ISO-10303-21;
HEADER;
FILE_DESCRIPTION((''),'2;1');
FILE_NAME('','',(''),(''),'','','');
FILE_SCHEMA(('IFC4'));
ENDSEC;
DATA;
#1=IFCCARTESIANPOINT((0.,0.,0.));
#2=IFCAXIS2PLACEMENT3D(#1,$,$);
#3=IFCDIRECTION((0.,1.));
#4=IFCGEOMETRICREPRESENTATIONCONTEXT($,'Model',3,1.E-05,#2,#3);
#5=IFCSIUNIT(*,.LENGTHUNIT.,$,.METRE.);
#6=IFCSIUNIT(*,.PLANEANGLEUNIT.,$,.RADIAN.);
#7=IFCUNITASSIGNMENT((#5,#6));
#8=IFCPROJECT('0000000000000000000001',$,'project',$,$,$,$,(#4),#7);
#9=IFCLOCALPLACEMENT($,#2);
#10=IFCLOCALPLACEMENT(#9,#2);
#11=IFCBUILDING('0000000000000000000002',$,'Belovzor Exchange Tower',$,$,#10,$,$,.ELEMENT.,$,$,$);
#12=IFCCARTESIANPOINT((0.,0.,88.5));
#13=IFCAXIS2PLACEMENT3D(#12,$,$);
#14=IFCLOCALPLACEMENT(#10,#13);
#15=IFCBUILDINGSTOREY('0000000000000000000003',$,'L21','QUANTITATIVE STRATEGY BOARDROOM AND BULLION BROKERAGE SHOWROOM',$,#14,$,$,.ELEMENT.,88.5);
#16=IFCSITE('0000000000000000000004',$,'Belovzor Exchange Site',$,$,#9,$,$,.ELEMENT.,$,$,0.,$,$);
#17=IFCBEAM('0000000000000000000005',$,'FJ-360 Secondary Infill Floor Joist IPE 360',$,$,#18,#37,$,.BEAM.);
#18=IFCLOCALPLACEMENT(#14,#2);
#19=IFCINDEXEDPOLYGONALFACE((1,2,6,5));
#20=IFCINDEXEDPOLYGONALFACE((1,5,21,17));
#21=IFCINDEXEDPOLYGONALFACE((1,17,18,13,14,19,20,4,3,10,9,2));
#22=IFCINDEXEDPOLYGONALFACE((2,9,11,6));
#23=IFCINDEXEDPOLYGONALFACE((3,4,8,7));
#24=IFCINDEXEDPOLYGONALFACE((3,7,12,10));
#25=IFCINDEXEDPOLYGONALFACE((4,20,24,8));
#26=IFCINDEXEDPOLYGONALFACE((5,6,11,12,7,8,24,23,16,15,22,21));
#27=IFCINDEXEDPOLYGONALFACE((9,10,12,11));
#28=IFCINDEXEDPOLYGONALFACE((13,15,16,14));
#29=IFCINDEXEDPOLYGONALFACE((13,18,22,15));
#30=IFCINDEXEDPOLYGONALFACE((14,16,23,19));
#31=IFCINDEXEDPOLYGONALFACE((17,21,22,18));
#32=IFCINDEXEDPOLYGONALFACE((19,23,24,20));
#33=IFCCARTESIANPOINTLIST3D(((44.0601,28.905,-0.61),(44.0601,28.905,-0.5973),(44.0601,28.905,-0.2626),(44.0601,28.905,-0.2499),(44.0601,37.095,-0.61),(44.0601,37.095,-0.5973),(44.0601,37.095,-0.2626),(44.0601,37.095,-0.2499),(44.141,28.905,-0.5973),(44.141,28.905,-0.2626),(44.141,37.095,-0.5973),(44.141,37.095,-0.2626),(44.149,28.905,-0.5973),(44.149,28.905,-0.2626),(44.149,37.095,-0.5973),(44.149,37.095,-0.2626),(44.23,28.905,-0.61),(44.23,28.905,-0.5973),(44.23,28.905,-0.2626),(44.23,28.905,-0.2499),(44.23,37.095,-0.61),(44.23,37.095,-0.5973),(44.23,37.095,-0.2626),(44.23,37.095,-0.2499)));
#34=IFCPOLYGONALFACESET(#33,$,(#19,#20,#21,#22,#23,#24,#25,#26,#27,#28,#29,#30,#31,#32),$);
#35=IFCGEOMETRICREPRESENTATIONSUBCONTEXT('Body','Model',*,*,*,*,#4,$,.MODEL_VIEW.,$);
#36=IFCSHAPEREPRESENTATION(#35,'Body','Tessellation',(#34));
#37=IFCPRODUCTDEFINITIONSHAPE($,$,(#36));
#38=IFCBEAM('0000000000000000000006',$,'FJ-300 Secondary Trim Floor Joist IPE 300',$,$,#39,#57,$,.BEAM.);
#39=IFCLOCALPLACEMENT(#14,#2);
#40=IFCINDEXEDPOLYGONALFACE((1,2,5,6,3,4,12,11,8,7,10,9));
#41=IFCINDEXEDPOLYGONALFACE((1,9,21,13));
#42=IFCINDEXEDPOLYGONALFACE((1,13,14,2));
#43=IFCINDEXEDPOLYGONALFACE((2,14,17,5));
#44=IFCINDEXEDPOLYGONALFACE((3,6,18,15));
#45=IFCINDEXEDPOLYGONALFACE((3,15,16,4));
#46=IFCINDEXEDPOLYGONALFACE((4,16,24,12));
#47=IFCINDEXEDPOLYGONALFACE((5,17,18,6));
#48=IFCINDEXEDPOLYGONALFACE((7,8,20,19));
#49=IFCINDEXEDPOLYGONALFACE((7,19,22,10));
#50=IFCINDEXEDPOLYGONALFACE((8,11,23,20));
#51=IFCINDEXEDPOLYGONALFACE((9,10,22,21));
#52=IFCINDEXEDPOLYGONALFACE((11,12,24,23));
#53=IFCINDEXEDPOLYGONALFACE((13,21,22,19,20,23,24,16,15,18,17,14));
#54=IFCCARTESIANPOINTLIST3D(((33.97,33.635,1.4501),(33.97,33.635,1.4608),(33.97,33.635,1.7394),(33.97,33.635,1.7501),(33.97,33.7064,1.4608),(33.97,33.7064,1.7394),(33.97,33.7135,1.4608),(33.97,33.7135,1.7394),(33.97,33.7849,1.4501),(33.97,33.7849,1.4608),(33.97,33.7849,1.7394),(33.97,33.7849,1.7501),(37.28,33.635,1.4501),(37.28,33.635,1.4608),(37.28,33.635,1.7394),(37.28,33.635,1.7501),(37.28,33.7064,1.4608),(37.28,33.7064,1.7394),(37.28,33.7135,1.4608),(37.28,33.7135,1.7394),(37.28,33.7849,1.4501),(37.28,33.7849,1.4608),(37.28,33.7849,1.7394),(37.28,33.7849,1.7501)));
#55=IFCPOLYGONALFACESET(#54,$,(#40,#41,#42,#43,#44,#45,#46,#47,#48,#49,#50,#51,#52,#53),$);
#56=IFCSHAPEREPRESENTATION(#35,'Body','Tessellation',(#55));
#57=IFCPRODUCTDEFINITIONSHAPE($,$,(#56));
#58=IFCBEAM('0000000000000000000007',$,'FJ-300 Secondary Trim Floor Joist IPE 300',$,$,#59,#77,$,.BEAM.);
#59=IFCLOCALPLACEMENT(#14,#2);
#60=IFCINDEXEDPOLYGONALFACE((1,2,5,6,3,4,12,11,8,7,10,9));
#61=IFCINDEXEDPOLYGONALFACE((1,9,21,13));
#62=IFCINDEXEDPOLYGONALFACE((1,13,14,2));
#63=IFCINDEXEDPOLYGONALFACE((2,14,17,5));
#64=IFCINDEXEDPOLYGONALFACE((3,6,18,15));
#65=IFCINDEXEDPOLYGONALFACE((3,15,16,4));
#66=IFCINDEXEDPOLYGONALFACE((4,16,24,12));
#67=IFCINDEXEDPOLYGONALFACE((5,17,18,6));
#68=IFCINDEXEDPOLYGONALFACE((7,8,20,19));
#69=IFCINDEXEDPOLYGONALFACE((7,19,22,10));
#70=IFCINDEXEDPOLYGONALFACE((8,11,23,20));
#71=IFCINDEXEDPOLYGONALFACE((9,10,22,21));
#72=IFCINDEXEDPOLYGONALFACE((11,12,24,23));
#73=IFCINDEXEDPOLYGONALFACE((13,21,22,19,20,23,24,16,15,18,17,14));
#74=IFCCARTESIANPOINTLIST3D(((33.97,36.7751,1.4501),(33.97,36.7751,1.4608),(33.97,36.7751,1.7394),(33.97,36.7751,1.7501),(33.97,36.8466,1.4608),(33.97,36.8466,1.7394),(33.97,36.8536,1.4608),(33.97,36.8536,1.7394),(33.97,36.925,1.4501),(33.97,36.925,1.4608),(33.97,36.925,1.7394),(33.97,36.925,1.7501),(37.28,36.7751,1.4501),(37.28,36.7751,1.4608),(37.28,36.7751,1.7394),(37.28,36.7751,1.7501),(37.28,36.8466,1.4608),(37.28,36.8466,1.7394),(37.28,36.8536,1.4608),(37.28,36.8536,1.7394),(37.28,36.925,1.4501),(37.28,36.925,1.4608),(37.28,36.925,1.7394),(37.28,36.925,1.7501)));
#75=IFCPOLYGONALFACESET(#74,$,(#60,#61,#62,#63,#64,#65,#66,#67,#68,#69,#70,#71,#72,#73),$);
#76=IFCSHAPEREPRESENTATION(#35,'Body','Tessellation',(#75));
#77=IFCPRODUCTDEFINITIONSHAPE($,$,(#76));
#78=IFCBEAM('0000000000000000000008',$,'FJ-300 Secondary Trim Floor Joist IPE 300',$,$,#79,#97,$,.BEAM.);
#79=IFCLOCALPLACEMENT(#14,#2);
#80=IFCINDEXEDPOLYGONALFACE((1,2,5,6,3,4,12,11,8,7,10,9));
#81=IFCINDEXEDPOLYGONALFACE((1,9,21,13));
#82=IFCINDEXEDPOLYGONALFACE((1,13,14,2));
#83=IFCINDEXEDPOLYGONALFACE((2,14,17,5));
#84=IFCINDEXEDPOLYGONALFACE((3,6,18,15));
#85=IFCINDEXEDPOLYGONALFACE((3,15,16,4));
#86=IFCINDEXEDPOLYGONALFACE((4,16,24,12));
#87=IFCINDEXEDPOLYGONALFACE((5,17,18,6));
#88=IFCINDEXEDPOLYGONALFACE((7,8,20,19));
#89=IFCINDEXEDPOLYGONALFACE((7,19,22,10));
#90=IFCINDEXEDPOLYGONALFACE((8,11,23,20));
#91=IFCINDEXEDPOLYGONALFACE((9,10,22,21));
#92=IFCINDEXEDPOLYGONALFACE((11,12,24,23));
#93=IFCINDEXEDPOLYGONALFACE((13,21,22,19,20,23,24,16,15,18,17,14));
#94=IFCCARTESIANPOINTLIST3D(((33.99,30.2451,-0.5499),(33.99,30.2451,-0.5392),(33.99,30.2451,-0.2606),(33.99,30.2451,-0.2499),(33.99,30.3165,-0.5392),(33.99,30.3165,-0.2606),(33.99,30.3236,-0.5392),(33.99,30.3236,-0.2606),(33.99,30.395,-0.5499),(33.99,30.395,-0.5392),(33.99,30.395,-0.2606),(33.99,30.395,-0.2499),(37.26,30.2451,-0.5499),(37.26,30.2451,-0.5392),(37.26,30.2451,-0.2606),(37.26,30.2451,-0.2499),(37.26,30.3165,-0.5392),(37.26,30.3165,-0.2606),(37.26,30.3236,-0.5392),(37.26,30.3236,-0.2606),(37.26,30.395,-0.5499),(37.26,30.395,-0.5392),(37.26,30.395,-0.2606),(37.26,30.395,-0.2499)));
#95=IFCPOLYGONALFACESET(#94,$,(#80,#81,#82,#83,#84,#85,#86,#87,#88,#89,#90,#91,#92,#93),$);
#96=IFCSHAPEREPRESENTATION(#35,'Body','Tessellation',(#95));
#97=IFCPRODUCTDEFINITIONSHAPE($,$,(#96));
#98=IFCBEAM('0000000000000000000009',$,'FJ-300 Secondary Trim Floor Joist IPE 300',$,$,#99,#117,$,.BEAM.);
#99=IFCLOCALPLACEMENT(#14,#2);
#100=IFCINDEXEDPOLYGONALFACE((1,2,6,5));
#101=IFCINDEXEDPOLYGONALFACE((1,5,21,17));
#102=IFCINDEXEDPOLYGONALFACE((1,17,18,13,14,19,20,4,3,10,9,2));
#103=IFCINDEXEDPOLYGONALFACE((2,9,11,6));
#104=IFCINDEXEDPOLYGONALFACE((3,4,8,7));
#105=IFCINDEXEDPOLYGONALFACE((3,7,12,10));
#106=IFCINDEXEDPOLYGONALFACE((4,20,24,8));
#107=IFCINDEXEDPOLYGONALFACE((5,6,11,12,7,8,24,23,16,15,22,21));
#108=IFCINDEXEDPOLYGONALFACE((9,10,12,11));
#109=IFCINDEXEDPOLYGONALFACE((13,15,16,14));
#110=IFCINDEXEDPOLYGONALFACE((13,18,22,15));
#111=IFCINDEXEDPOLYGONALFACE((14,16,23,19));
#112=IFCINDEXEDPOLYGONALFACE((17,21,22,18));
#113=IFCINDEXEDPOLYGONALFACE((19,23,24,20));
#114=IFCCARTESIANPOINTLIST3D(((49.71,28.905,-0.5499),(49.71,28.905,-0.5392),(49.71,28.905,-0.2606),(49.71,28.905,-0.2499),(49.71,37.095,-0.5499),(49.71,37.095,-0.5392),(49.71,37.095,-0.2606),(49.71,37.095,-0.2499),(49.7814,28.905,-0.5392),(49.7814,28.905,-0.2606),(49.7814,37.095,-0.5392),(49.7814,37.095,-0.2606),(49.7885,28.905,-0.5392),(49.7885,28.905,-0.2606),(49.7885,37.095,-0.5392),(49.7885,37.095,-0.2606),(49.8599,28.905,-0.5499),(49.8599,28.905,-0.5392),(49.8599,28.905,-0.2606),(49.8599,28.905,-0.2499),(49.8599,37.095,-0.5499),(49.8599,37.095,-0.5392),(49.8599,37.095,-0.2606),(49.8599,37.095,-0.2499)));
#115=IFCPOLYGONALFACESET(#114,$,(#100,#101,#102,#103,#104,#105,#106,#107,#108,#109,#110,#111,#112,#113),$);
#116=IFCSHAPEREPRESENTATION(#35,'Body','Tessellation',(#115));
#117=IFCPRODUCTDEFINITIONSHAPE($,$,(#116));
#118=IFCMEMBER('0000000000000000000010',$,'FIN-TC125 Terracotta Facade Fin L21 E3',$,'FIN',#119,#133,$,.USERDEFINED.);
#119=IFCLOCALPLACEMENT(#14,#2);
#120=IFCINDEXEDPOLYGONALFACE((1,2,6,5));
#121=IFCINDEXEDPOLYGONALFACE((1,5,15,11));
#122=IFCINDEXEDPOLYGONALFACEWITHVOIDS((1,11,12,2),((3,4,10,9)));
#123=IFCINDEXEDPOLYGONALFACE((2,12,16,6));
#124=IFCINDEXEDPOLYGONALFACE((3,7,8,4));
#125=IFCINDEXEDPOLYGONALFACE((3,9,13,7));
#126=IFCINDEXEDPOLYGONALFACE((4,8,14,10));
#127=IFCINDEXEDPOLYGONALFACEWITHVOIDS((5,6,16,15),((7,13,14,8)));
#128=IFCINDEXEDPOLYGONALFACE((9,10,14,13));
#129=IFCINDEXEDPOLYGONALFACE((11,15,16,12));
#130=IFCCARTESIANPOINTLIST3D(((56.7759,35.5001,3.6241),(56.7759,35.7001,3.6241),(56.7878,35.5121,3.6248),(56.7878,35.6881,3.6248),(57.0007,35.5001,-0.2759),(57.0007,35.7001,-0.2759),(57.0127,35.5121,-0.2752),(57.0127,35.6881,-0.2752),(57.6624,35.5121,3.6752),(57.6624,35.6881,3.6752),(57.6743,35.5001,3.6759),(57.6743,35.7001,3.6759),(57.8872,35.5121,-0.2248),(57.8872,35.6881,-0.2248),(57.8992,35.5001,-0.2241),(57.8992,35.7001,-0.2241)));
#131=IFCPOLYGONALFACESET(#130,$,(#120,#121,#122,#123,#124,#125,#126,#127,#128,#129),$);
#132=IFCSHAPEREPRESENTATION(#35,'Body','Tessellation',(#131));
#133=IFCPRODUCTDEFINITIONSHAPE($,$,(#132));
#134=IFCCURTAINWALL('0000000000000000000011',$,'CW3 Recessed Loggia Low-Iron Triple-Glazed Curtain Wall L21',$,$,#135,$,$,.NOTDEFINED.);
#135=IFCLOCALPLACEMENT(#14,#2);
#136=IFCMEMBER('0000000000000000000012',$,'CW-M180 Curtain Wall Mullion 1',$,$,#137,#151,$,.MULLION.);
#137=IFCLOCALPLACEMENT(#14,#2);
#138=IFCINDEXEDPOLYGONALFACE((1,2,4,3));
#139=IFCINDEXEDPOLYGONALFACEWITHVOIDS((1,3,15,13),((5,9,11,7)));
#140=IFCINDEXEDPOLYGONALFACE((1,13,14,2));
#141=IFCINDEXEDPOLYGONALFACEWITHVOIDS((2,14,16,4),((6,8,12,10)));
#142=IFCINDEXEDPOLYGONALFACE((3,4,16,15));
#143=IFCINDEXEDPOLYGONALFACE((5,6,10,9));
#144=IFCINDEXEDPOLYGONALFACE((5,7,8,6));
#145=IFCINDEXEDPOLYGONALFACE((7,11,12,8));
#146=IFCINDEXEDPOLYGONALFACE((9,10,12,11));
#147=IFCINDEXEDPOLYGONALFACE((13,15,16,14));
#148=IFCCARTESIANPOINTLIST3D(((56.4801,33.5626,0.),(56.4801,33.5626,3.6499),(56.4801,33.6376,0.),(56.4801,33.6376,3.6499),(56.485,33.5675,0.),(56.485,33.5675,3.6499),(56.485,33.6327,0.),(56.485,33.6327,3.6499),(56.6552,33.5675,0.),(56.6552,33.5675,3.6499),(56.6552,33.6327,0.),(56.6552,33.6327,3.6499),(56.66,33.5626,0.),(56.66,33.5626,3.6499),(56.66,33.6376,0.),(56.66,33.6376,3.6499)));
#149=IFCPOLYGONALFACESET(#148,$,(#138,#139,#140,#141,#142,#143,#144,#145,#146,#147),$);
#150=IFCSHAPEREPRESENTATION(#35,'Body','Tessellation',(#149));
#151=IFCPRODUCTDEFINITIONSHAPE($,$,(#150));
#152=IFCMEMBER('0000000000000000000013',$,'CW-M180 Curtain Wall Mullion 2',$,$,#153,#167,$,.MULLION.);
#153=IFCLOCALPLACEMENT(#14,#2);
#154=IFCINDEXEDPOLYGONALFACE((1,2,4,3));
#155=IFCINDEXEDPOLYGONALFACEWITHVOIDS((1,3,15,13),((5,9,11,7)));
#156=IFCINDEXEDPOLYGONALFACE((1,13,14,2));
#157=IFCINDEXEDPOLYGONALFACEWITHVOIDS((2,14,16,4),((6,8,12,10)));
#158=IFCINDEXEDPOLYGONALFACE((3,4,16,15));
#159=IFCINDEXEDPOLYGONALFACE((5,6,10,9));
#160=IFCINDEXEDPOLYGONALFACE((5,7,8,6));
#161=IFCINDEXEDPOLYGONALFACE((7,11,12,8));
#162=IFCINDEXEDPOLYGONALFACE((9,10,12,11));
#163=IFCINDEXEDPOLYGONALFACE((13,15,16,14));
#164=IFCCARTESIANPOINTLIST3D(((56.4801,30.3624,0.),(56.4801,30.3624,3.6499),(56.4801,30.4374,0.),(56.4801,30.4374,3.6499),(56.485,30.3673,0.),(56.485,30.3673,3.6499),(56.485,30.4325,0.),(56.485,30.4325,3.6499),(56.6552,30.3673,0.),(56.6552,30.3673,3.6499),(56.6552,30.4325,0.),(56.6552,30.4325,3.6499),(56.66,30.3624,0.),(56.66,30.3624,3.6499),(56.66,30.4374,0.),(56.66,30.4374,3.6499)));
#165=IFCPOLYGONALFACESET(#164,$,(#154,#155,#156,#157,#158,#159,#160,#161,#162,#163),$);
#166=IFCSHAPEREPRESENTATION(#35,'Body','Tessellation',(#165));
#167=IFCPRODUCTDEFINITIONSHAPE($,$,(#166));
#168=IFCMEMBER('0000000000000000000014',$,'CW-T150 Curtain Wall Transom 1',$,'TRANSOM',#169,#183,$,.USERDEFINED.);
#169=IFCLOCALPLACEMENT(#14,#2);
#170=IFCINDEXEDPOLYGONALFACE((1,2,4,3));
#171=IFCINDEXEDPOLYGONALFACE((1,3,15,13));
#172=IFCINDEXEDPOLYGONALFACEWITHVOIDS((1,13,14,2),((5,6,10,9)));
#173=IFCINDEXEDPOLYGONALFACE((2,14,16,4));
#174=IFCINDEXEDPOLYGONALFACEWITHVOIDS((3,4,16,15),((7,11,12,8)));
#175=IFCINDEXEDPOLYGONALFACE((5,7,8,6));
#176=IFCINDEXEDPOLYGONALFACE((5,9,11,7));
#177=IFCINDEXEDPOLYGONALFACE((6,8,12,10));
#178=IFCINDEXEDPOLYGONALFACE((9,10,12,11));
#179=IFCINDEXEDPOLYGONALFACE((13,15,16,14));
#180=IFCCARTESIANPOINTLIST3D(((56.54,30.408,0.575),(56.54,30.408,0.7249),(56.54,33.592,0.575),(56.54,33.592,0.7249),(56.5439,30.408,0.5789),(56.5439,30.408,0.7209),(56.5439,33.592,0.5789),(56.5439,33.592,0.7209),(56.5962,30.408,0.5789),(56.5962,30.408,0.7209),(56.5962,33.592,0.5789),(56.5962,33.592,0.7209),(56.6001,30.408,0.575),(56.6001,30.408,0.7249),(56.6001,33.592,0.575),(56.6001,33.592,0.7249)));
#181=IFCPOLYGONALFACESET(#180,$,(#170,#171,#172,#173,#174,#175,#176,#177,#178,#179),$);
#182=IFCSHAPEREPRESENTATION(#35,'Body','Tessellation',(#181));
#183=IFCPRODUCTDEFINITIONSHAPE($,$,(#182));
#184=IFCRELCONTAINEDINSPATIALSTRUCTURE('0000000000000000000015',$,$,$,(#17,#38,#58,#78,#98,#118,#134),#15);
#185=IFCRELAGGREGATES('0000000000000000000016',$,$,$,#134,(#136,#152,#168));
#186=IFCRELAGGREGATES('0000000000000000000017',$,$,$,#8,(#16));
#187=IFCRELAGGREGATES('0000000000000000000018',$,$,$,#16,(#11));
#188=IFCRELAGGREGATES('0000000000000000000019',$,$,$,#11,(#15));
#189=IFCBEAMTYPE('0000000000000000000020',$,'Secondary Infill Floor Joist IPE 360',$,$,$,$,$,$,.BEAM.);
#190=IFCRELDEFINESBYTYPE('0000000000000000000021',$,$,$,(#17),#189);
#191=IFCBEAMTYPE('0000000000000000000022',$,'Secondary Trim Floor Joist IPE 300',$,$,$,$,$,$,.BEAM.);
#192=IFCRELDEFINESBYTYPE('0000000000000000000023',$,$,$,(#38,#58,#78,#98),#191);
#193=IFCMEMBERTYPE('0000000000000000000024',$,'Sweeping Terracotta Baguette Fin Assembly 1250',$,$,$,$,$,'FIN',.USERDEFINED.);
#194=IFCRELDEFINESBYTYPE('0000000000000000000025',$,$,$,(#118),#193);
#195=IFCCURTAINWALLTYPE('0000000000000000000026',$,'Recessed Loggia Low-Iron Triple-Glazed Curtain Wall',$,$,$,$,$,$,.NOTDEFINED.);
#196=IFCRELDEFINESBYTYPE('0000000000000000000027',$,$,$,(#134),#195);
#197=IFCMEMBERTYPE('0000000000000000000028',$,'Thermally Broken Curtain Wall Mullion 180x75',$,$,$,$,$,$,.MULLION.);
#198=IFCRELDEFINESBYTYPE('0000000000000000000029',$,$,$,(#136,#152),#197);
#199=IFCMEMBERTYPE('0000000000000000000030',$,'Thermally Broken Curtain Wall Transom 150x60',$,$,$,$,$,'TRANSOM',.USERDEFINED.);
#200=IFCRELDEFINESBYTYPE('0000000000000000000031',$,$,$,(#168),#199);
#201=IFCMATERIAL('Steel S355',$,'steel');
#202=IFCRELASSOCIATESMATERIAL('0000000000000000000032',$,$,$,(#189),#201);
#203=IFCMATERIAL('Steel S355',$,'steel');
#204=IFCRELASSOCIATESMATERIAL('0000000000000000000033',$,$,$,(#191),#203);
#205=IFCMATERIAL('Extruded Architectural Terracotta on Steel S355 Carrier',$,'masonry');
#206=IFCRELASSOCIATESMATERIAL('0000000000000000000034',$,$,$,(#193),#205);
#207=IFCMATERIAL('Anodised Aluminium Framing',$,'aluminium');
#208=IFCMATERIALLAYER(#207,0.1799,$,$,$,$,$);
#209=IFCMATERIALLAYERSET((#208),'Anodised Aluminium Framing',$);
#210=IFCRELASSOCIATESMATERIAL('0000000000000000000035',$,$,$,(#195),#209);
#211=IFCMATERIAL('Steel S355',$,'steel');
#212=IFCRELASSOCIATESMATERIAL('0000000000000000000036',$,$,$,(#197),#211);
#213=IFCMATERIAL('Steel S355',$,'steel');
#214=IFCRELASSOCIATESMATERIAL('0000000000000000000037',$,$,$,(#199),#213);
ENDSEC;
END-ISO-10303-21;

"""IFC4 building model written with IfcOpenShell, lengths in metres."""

from ifc_helpers import new_model, si_unit, direction, frame, origin, origin_2d, place, context, subcontext, project, spatial, hollow_rectangle, i_section, extrude, material, layer, layer_set, material_profile, profile_set, type_object, element, aggregate, save


model = new_model("IFC4")

# Units and contexts
model_context = context("Model", 3, precision=1e-05, world=origin(), true_north=direction((0.0, 1.0)))
body_context = subcontext(model_context, "Body", "Model", "MODEL_VIEW")
ifc_project = project(units=[si_unit("LENGTHUNIT", "METRE"), si_unit("PLANEANGLEUNIT", "RADIAN")], contexts=[model_context])

# Site, building, storey
site_placement = place(None, origin())
site = spatial("IfcSite", under=ifc_project, at=site_placement, Name="Belovzor Exchange Site", CompositionType="ELEMENT", RefElevation=0.0)
building_placement = place(site_placement, origin())
building = spatial("IfcBuilding", under=site, at=building_placement, Name="Belovzor Exchange Tower", CompositionType="ELEMENT")
storey_placement = place(building_placement, frame((0.0, 0.0, 88.5)))
storey = spatial("IfcBuildingStorey", under=building, at=storey_placement, Name="L21", Description="QUANTITATIVE STRATEGY BOARDROOM AND BULLION BROKERAGE SHOWROOM", CompositionType="ELEMENT", Elevation=88.5)

# Beams
ifc_material_1 = material(Name="Steel S355", Category="steel")
ifc_material_profile_1 = material_profile(ifc_material_1, i_section(OverallWidth=0.1699, OverallDepth=0.3601, WebThickness=0.0081, FlangeThickness=0.0127, at=origin_2d()))
ifc_profile_set_1 = profile_set([ifc_material_profile_1], Name="Steel S355")
beam_type_1 = type_object("IfcBeamType", Name="Secondary Infill Floor Joist IPE 360", PredefinedType="BEAM", material=ifc_profile_set_1)
beam_1_placement = place(storey_placement, frame((44.145, 28.905, -0.4299), z_axis=(0.0, 1.0, 0.0), x_axis=(-1.0, 0.0, 0.0)))
element("IfcBeam", 1, at=beam_1_placement, inside=storey, type_object=beam_type_1, Name="FJ-360 Secondary Infill Floor Joist IPE 360", PredefinedType="BEAM", context=body_context, shape_type="SweptSolid", body=[
    extrude(i_section(OverallWidth=0.1699, OverallDepth=0.3601, WebThickness=0.0081, FlangeThickness=0.0127, at=origin_2d()), origin(), (0.0, 0.0, 1.0), 8.1899),
])
ifc_material_2 = material(Name="Steel S355", Category="steel")
ifc_material_profile_2 = material_profile(ifc_material_2, i_section(OverallWidth=0.1499, OverallDepth=0.3, WebThickness=0.0071, FlangeThickness=0.0107, at=origin_2d()))
ifc_profile_set_2 = profile_set([ifc_material_profile_2], Name="Steel S355")
beam_type_2 = type_object("IfcBeamType", Name="Secondary Trim Floor Joist IPE 300", PredefinedType="BEAM", material=ifc_profile_set_2)
for number, where, z_axis, x_axis, name in (
    (2, (37.28, 33.71, 1.6001), (-1.0, 0.0, 0.0), (0.0, -1.0, 0.0), "FJ-300 Secondary Trim Floor Joist IPE 300"),
    (3, (37.28, 36.8501, 1.6001), (-1.0, 0.0, 0.0), (0.0, -1.0, 0.0), "FJ-300 Secondary Trim Floor Joist IPE 300"),
):
    element("IfcBeam", number, at=place(storey_placement, frame(where, z_axis=z_axis, x_axis=x_axis)), inside=storey, type_object=beam_type_2, Name=name, PredefinedType="BEAM", context=body_context, shape_type="SweptSolid", body=[
        extrude(i_section(OverallWidth=0.1499, OverallDepth=0.3, WebThickness=0.0071, FlangeThickness=0.0107, at=origin_2d()), origin(), (0.0, 0.0, 1.0), 3.3101),
    ])
beam_2_placement = place(storey_placement, frame((37.26, 30.3201, -0.3999), z_axis=(-1.0, 0.0, 0.0), x_axis=(0.0, -1.0, 0.0)))
element("IfcBeam", 4, at=beam_2_placement, inside=storey, type_object=beam_type_2, Name="FJ-300 Secondary Trim Floor Joist IPE 300", PredefinedType="BEAM", context=body_context, shape_type="SweptSolid", body=[
    extrude(i_section(OverallWidth=0.1499, OverallDepth=0.3, WebThickness=0.0071, FlangeThickness=0.0107, at=origin_2d()), origin(), (0.0, 0.0, 1.0), 3.27),
])
beam_3_placement = place(storey_placement, frame((49.7849, 28.905, -0.3999), z_axis=(0.0, 1.0, 0.0), x_axis=(-1.0, 0.0, 0.0)))
element("IfcBeam", 5, at=beam_3_placement, inside=storey, type_object=beam_type_2, Name="FJ-300 Secondary Trim Floor Joist IPE 300", PredefinedType="BEAM", context=body_context, shape_type="SweptSolid", body=[
    extrude(i_section(OverallWidth=0.1499, OverallDepth=0.3, WebThickness=0.0071, FlangeThickness=0.0107, at=origin_2d()), origin(), (0.0, 0.0, 1.0), 8.1899),
])

# Member
ifc_material_3 = material(Name="Extruded Architectural Terracotta on Steel S355 Carrier", Category="masonry")
ifc_material_profile_3 = material_profile(ifc_material_3, hollow_rectangle(XDim=0.2, YDim=0.8999, WallThickness=0.012, at=origin_2d()))
ifc_profile_set_3 = profile_set([ifc_material_profile_3], Name="Extruded Architectural Terracotta on Steel S355 Carrier")
member_type_1 = type_object("IfcMemberType", Name="Sweeping Terracotta Baguette Fin Assembly 1250", ElementType="FIN", PredefinedType="USERDEFINED", material=ifc_profile_set_3)
member_1_placement = place(storey_placement, frame((57.45, 35.6001, -0.25), z_axis=(-0.057561, 0.0, 0.998342), x_axis=(0.0, -1.0, 0.0)))
element("IfcMember", 6, at=member_1_placement, inside=storey, type_object=member_type_1, Name="FIN-TC125 Terracotta Facade Fin L21 E3", ObjectType="FIN", PredefinedType="USERDEFINED", context=body_context, shape_type="SweptSolid", body=[
    extrude(hollow_rectangle(XDim=0.2, YDim=0.8999, WallThickness=0.012, at=origin_2d()), origin(), (0.0, 0.0, 1.0), 3.9065),
])

# Curtain wall, members
ifc_material_4 = material(Name="Anodised Aluminium Framing", Category="aluminium")
ifc_layer_1 = layer(ifc_material_4, 0.1799)
ifc_layer_set_1 = layer_set([ifc_layer_1], Name="Anodised Aluminium Framing")
curtain_wall_type = type_object("IfcCurtainWallType", Name="Recessed Loggia Low-Iron Triple-Glazed Curtain Wall", PredefinedType="NOTDEFINED", material=ifc_layer_set_1)
curtain_wall_placement = place(storey_placement, origin())
curtain_wall = element("IfcCurtainWall", 7, at=curtain_wall_placement, inside=storey, type_object=curtain_wall_type, Name="CW3 Recessed Loggia Low-Iron Triple-Glazed Curtain Wall L21", PredefinedType="NOTDEFINED")
ifc_material_5 = material(Name="Steel S355", Category="steel")
ifc_material_profile_4 = material_profile(ifc_material_5, hollow_rectangle(XDim=0.075, YDim=0.1799, WallThickness=0.0049, at=origin_2d()))
ifc_profile_set_4 = profile_set([ifc_material_profile_4], Name="Steel S355")
member_type_2 = type_object("IfcMemberType", Name="Thermally Broken Curtain Wall Mullion 180x75", PredefinedType="MULLION", material=ifc_profile_set_4)
member_2_placement = place(storey_placement, frame((56.5701, 33.6001, 0.0), z_axis=(0.0, 0.0, 1.0), x_axis=(0.0, -1.0, 0.0)))
member_2 = element("IfcMember", 8, at=member_2_placement, type_object=member_type_2, Name="CW-M180 Curtain Wall Mullion 1", PredefinedType="MULLION", context=body_context, shape_type="SweptSolid", body=[
    extrude(hollow_rectangle(XDim=0.075, YDim=0.1799, WallThickness=0.0049, at=origin_2d()), origin(), (0.0, 0.0, 1.0), 3.6499),
])
member_3_placement = place(storey_placement, frame((56.5701, 30.3999, 0.0), z_axis=(0.0, 0.0, 1.0), x_axis=(0.0, -1.0, 0.0)))
member_3 = element("IfcMember", 9, at=member_3_placement, type_object=member_type_2, Name="CW-M180 Curtain Wall Mullion 2", PredefinedType="MULLION", context=body_context, shape_type="SweptSolid", body=[
    extrude(hollow_rectangle(XDim=0.075, YDim=0.1799, WallThickness=0.0049, at=origin_2d()), origin(), (0.0, 0.0, 1.0), 3.6499),
])
ifc_material_6 = material(Name="Steel S355", Category="steel")
ifc_material_profile_5 = material_profile(ifc_material_6, hollow_rectangle(XDim=0.0601, YDim=0.1499, WallThickness=0.0039, at=origin_2d()))
ifc_profile_set_5 = profile_set([ifc_material_profile_5], Name="Steel S355")
member_type_3 = type_object("IfcMemberType", Name="Thermally Broken Curtain Wall Transom 150x60", ElementType="TRANSOM", PredefinedType="USERDEFINED", material=ifc_profile_set_5)
member_4_placement = place(storey_placement, frame((56.5701, 33.592, 0.6499), z_axis=(0.0, -1.0, 0.0), x_axis=(1.0, 0.0, 0.0)))
member_4 = element("IfcMember", 10, at=member_4_placement, type_object=member_type_3, Name="CW-T150 Curtain Wall Transom 1", ObjectType="TRANSOM", PredefinedType="USERDEFINED", context=body_context, shape_type="SweptSolid", body=[
    extrude(hollow_rectangle(XDim=0.0601, YDim=0.1499, WallThickness=0.0039, at=origin_2d()), origin(), (0.0, 0.0, 1.0), 3.1841),
])

aggregate(curtain_wall, [member_2, member_3, member_4])

save(model, "model.ifc")
